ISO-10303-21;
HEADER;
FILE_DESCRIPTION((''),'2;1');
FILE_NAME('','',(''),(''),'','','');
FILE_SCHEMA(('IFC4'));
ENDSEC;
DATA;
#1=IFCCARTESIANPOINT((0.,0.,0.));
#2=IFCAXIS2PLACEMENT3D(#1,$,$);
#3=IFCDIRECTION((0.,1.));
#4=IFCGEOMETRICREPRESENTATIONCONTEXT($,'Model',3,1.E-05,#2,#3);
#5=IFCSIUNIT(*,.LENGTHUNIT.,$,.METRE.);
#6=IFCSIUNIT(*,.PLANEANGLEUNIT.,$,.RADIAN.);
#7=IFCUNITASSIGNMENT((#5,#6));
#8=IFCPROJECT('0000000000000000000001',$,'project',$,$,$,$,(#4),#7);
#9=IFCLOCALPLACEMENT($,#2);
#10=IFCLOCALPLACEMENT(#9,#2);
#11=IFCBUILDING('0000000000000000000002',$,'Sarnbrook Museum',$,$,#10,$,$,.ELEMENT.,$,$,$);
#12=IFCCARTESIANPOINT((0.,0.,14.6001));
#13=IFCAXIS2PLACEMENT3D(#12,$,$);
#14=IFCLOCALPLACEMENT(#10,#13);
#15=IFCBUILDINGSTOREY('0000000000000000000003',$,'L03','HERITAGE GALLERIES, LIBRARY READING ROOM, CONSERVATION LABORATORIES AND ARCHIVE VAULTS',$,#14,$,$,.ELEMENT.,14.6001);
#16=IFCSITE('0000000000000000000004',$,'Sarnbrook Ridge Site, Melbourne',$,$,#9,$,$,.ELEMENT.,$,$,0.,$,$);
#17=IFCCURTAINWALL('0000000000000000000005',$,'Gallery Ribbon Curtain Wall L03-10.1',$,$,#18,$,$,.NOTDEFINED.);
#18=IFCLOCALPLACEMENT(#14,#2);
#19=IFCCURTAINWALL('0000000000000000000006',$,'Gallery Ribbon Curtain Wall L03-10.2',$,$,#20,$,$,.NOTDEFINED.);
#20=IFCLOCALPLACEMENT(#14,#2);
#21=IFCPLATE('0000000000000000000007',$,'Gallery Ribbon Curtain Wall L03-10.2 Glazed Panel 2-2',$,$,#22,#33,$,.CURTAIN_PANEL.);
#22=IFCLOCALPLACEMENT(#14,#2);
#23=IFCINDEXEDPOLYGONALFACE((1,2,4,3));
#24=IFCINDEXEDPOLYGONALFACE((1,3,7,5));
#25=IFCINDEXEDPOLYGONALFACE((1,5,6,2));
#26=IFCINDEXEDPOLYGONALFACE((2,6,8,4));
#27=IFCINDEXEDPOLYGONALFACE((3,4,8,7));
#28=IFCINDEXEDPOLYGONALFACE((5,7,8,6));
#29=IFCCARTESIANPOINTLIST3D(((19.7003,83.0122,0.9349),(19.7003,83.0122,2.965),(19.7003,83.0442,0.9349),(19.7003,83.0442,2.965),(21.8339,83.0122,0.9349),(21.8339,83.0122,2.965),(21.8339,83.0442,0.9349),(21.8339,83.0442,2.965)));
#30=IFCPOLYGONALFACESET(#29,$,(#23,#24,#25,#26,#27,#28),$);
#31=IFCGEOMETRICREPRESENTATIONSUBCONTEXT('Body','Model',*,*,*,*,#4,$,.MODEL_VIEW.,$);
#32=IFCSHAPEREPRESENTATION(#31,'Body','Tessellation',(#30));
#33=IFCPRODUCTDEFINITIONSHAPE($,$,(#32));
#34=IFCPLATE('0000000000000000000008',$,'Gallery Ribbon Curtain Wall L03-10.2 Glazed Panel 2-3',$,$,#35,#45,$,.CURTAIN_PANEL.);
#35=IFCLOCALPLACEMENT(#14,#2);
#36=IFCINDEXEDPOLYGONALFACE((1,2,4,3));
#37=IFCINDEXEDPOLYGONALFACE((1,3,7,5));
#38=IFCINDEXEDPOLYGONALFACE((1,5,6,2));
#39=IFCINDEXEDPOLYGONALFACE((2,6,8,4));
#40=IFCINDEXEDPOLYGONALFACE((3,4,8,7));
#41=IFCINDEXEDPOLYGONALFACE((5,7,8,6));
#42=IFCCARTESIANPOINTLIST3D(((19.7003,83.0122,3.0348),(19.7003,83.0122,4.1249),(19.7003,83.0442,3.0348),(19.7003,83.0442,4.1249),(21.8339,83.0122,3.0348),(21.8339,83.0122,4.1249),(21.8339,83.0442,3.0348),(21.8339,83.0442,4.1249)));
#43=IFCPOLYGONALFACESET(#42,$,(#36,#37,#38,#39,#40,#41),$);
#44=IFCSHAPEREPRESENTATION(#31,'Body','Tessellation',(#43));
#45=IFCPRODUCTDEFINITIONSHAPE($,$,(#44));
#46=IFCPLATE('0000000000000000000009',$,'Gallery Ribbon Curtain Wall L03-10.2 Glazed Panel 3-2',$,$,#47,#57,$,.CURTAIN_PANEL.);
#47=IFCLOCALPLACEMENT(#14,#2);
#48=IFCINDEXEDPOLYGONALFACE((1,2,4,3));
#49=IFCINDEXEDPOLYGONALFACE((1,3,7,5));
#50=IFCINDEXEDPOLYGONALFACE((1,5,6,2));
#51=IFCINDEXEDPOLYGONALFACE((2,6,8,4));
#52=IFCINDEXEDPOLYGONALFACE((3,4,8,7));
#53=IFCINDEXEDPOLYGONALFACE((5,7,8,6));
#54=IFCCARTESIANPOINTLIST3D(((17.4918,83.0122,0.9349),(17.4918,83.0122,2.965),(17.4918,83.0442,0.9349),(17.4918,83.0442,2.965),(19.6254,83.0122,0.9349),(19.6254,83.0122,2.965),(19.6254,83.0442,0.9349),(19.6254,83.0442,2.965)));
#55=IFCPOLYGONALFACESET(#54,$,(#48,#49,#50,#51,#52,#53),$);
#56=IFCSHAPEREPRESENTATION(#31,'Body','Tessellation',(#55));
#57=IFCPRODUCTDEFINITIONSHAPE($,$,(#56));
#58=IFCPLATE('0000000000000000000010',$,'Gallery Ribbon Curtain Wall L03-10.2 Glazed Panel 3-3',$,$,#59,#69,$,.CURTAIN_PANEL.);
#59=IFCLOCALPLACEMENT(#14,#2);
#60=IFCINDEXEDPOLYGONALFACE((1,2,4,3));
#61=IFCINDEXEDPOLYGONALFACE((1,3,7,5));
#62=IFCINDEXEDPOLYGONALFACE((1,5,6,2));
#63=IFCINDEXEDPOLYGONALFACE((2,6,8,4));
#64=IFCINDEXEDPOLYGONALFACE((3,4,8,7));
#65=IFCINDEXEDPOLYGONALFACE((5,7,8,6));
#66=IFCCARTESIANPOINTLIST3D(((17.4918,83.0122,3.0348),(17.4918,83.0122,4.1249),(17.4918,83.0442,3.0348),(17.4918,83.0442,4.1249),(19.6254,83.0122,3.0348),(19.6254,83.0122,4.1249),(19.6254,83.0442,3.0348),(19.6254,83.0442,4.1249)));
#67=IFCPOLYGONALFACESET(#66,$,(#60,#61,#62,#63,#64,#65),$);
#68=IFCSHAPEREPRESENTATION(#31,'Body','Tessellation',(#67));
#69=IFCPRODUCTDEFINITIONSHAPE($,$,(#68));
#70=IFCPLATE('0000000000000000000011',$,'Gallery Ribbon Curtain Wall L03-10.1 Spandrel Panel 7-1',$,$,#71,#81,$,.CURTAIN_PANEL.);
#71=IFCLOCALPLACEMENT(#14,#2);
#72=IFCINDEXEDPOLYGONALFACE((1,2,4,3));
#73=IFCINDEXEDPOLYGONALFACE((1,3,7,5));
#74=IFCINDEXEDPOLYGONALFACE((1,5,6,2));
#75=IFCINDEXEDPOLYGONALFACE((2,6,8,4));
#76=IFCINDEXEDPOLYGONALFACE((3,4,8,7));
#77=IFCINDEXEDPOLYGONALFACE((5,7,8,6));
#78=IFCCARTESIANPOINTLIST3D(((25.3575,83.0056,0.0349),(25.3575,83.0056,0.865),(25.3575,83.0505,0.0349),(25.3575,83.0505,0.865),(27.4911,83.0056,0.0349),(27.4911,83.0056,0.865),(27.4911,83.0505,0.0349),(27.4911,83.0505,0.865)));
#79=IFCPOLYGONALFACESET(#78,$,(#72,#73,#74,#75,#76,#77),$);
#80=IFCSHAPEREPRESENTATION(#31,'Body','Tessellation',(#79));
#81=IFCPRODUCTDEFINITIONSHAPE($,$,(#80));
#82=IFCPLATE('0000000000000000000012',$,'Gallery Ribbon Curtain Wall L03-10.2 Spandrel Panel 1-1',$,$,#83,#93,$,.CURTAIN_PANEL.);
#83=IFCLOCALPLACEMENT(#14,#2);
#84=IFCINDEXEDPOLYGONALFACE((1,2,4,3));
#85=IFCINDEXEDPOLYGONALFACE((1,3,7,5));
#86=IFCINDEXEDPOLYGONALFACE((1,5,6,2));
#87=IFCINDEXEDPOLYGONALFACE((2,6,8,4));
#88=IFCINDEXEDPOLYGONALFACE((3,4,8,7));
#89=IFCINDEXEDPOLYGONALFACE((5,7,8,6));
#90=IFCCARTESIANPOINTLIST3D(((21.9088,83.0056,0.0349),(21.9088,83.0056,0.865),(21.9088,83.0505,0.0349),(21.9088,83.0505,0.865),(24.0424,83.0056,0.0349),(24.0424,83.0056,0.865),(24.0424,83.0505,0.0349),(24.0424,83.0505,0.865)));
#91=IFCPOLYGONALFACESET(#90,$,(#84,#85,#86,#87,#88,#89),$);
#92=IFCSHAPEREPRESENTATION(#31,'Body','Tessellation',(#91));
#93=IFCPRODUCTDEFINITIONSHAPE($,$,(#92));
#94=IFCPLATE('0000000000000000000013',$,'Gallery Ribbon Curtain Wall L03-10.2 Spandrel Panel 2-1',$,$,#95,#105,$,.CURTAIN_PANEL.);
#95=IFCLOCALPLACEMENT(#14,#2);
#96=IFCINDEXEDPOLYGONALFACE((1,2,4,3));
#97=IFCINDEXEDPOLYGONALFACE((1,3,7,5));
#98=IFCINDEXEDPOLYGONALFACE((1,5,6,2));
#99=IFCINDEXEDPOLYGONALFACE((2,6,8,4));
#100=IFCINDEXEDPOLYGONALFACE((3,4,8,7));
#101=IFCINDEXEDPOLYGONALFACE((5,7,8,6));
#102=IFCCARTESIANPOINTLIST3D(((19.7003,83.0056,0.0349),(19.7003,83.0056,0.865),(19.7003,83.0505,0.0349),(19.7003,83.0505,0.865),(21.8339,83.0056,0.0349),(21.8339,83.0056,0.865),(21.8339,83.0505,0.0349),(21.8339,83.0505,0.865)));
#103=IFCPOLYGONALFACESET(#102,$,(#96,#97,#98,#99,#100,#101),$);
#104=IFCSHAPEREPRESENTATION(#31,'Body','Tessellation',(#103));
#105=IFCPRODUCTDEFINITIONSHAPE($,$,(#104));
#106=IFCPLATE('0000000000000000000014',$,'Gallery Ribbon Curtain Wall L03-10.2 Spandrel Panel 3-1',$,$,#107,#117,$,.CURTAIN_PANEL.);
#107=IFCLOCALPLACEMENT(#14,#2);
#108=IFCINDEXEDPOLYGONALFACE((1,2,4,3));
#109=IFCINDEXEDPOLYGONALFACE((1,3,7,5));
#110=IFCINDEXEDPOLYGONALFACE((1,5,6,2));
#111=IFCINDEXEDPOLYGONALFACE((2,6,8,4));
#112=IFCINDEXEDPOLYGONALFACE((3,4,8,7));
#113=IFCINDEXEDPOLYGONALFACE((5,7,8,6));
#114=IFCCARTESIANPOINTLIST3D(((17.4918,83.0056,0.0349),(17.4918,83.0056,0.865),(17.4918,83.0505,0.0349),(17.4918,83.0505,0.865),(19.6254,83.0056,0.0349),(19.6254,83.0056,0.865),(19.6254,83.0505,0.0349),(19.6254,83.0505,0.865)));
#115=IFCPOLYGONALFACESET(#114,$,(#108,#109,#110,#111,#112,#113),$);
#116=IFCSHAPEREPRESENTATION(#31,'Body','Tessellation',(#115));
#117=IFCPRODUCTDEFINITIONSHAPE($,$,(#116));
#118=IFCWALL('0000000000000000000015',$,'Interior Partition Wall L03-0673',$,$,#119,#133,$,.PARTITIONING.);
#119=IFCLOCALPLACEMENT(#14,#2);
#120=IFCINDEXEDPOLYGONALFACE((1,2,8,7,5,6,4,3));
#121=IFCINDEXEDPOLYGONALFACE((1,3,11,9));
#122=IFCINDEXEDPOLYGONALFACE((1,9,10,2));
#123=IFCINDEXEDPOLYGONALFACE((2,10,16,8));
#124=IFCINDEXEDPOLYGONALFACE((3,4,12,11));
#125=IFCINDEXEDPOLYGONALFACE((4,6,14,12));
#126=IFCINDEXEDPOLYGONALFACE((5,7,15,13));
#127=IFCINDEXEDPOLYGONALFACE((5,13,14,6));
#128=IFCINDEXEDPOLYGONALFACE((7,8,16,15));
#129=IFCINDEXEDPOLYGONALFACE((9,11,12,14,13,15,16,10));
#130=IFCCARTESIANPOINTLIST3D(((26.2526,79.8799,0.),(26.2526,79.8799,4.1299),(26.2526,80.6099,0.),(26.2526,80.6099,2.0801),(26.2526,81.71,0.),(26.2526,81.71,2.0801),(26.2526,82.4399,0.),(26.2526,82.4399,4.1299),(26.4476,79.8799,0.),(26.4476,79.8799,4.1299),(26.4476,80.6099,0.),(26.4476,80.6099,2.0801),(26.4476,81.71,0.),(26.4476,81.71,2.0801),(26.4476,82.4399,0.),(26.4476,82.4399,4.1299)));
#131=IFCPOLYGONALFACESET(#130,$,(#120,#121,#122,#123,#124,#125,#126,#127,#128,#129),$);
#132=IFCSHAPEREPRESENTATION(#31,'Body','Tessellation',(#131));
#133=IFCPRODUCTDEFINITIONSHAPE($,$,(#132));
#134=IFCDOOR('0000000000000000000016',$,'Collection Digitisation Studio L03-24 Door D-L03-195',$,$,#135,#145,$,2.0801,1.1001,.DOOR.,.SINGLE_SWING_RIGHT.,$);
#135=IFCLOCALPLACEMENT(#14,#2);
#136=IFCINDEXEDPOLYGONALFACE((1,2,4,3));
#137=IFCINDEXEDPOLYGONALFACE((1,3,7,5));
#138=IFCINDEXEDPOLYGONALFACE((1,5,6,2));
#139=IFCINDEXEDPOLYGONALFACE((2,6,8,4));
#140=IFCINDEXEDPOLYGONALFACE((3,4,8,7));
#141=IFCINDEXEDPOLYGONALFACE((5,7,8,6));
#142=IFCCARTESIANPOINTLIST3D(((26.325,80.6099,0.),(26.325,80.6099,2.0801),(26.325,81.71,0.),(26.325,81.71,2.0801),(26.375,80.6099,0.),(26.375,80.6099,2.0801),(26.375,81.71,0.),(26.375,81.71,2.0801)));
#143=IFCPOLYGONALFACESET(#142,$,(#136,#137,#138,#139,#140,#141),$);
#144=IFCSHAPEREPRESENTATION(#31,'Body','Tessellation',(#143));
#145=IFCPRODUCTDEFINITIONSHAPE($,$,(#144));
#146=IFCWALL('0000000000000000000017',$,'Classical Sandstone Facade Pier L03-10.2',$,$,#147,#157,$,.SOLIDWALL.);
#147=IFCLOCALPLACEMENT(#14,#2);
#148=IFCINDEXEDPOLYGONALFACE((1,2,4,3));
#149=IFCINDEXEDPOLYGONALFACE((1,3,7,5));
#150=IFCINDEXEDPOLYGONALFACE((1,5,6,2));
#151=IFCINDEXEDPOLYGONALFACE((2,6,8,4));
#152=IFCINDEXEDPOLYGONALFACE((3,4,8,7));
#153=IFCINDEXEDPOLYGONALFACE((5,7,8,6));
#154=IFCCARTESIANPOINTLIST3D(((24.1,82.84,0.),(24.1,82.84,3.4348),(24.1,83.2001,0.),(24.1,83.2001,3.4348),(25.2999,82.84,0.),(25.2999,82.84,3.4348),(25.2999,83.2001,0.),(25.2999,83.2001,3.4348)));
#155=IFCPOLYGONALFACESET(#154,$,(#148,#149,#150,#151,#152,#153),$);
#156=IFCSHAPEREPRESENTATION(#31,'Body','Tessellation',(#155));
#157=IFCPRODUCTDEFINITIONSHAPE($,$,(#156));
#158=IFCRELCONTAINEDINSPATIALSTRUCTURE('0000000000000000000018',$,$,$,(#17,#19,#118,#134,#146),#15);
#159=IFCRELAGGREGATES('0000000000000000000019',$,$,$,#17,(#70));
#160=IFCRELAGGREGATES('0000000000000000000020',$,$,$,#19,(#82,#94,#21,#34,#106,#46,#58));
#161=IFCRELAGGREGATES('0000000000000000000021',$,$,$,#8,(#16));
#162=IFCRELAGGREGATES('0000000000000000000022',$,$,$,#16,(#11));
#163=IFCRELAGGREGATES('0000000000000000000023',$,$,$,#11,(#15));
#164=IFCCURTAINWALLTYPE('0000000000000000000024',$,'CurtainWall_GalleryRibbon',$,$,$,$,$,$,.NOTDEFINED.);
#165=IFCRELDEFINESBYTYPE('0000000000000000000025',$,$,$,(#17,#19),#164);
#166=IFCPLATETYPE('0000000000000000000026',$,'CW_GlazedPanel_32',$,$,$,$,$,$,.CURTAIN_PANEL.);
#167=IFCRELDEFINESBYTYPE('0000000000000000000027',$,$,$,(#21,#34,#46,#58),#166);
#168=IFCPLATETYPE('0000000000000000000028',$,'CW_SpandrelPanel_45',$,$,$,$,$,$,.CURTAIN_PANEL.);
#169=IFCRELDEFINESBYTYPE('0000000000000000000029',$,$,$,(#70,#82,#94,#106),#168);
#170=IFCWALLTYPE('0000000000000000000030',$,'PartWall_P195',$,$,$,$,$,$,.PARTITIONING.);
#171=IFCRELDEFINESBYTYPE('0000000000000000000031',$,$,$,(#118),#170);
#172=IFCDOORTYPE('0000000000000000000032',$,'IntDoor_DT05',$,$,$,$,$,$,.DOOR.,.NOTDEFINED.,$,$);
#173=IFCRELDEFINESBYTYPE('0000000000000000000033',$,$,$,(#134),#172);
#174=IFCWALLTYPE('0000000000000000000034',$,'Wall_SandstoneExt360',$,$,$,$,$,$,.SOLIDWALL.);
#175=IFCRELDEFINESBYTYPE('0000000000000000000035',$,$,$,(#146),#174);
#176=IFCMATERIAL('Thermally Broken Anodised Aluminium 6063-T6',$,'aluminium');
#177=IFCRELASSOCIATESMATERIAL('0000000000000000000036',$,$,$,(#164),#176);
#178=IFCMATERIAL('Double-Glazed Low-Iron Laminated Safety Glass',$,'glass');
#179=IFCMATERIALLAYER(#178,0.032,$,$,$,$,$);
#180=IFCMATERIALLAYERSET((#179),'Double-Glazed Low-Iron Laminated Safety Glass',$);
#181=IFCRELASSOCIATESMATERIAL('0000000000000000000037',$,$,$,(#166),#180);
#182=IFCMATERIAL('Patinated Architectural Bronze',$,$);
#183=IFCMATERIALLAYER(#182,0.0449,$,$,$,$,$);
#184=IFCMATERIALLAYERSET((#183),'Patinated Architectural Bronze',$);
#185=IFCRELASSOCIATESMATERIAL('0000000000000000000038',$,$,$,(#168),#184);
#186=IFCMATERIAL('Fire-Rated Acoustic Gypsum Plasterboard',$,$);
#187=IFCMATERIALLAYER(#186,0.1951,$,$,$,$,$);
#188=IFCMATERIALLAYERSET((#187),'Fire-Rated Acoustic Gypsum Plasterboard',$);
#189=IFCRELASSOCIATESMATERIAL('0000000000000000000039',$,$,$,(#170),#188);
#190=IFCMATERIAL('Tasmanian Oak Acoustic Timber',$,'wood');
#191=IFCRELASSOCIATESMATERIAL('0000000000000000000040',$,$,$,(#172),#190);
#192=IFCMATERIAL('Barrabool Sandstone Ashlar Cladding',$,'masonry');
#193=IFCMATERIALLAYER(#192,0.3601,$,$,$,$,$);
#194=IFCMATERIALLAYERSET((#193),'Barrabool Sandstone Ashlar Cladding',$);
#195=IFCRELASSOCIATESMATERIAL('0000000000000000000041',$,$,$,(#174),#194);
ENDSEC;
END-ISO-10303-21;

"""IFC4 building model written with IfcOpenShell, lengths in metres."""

from ifc_helpers import new_model, si_unit, direction, frame, frame_2d, origin, origin_2d, place, context, subcontext, project, spatial, rectangle, extrude, material, layer, layer_set, type_object, element, fill, aggregate, save


model = new_model("IFC4")

# Units and contexts
model_context = context("Model", 3, precision=1e-05, world=origin(), true_north=direction((0.0, 1.0)))
body_context = subcontext(model_context, "Body", "Model", "MODEL_VIEW")
ifc_project = project(units=[si_unit("LENGTHUNIT", "METRE"), si_unit("PLANEANGLEUNIT", "RADIAN")], contexts=[model_context])

# Site, building, storey
site_placement = place(None, origin())
site = spatial("IfcSite", under=ifc_project, at=site_placement, Name="Sarnbrook Ridge Site, Melbourne", CompositionType="ELEMENT", RefElevation=0.0)
building_placement = place(site_placement, origin())
building = spatial("IfcBuilding", under=site, at=building_placement, Name="Sarnbrook Museum", CompositionType="ELEMENT")
storey_placement = place(building_placement, frame((0.0, 0.0, 14.6001)))
storey = spatial("IfcBuildingStorey", under=building, at=storey_placement, Name="L03", Description="HERITAGE GALLERIES, LIBRARY READING ROOM, CONSERVATION LABORATORIES AND ARCHIVE VAULTS", CompositionType="ELEMENT", Elevation=14.6001)

# Curtain wall
ifc_material_1 = material(Name="Thermally Broken Anodised Aluminium 6063-T6", Category="aluminium")
curtain_wall_type = type_object("IfcCurtainWallType", Name="CurtainWall_GalleryRibbon", PredefinedType="NOTDEFINED", material=ifc_material_1)
curtain_wall_1_placement = place(storey_placement, origin())
curtain_wall_1 = element("IfcCurtainWall", 1, at=curtain_wall_1_placement, inside=storey, type_object=curtain_wall_type, Name="Gallery Ribbon Curtain Wall L03-10.1", PredefinedType="NOTDEFINED")

# Curtain wall
curtain_wall_2_placement = place(storey_placement, origin())
curtain_wall_2 = element("IfcCurtainWall", 2, at=curtain_wall_2_placement, inside=storey, type_object=curtain_wall_type, Name="Gallery Ribbon Curtain Wall L03-10.2", PredefinedType="NOTDEFINED")

# Plates
ifc_material_2 = material(Name="Double-Glazed Low-Iron Laminated Safety Glass", Category="glass")
ifc_layer_1 = layer(ifc_material_2, 0.032)
ifc_layer_set_1 = layer_set([ifc_layer_1], Name="Double-Glazed Low-Iron Laminated Safety Glass")
plate_type_1 = type_object("IfcPlateType", Name="CW_GlazedPanel_32", PredefinedType="CURTAIN_PANEL", material=ifc_layer_set_1)
plate_1_placement = place(storey_placement, frame((20.7671, 83.0122, 1.95), z_axis=(0.0, 1.0, 0.0), x_axis=(-1.0, 0.0, 0.0)))
plate_1 = element("IfcPlate", 3, at=plate_1_placement, type_object=plate_type_1, Name="Gallery Ribbon Curtain Wall L03-10.2 Glazed Panel 2-2", PredefinedType="CURTAIN_PANEL", context=body_context, shape_type="SweptSolid", body=[
    extrude(rectangle(XDim=2.1335, YDim=2.03, at=origin_2d()), origin(), (0.0, 0.0, 1.0), 0.032),
])
plate_2_placement = place(storey_placement, frame((20.7671, 83.0122, 3.5798), z_axis=(0.0, 1.0, 0.0), x_axis=(-1.0, 0.0, 0.0)))
plate_2 = element("IfcPlate", 4, at=plate_2_placement, type_object=plate_type_1, Name="Gallery Ribbon Curtain Wall L03-10.2 Glazed Panel 2-3", PredefinedType="CURTAIN_PANEL", context=body_context, shape_type="SweptSolid", body=[
    extrude(rectangle(XDim=2.1335, YDim=1.0901, at=origin_2d()), origin(), (0.0, 0.0, 1.0), 0.032),
])
plate_3_placement = place(storey_placement, frame((18.5586, 83.0122, 1.95), z_axis=(0.0, 1.0, 0.0), x_axis=(-1.0, 0.0, 0.0)))
plate_3 = element("IfcPlate", 5, at=plate_3_placement, type_object=plate_type_1, Name="Gallery Ribbon Curtain Wall L03-10.2 Glazed Panel 3-2", PredefinedType="CURTAIN_PANEL", context=body_context, shape_type="SweptSolid", body=[
    extrude(rectangle(XDim=2.1335, YDim=2.03, at=origin_2d()), origin(), (0.0, 0.0, 1.0), 0.032),
])
plate_4_placement = place(storey_placement, frame((18.5586, 83.0122, 3.5798), z_axis=(0.0, 1.0, 0.0), x_axis=(-1.0, 0.0, 0.0)))
plate_4 = element("IfcPlate", 6, at=plate_4_placement, type_object=plate_type_1, Name="Gallery Ribbon Curtain Wall L03-10.2 Glazed Panel 3-3", PredefinedType="CURTAIN_PANEL", context=body_context, shape_type="SweptSolid", body=[
    extrude(rectangle(XDim=2.1335, YDim=1.0901, at=origin_2d()), origin(), (0.0, 0.0, 1.0), 0.032),
])
ifc_material_3 = material(Name="Patinated Architectural Bronze")
ifc_layer_2 = layer(ifc_material_3, 0.0449)
ifc_layer_set_2 = layer_set([ifc_layer_2], Name="Patinated Architectural Bronze")
plate_type_2 = type_object("IfcPlateType", Name="CW_SpandrelPanel_45", PredefinedType="CURTAIN_PANEL", material=ifc_layer_set_2)
plate_5_placement = place(storey_placement, frame((26.4243, 83.0056, 0.45), z_axis=(0.0, 1.0, 0.0), x_axis=(-1.0, 0.0, 0.0)))
plate_5 = element("IfcPlate", 7, at=plate_5_placement, type_object=plate_type_2, Name="Gallery Ribbon Curtain Wall L03-10.1 Spandrel Panel 7-1", PredefinedType="CURTAIN_PANEL", context=body_context, shape_type="SweptSolid", body=[
    extrude(rectangle(XDim=2.1335, YDim=0.8301, at=origin_2d()), origin(), (0.0, 0.0, 1.0), 0.0449),
])
aggregate(curtain_wall_1, [plate_5])
plate_6_placement = place(storey_placement, frame((22.9756, 83.0056, 0.45), z_axis=(0.0, 1.0, 0.0), x_axis=(-1.0, 0.0, 0.0)))
plate_6 = element("IfcPlate", 8, at=plate_6_placement, type_object=plate_type_2, Name="Gallery Ribbon Curtain Wall L03-10.2 Spandrel Panel 1-1", PredefinedType="CURTAIN_PANEL", context=body_context, shape_type="SweptSolid", body=[
    extrude(rectangle(XDim=2.1335, YDim=0.8301, at=origin_2d()), origin(), (0.0, 0.0, 1.0), 0.0449),
])
plate_7_placement = place(storey_placement, frame((20.7671, 83.0056, 0.45), z_axis=(0.0, 1.0, 0.0), x_axis=(-1.0, 0.0, 0.0)))
plate_7 = element("IfcPlate", 9, at=plate_7_placement, type_object=plate_type_2, Name="Gallery Ribbon Curtain Wall L03-10.2 Spandrel Panel 2-1", PredefinedType="CURTAIN_PANEL", context=body_context, shape_type="SweptSolid", body=[
    extrude(rectangle(XDim=2.1335, YDim=0.8301, at=origin_2d()), origin(), (0.0, 0.0, 1.0), 0.0449),
])
plate_8_placement = place(storey_placement, frame((18.5586, 83.0056, 0.45), z_axis=(0.0, 1.0, 0.0), x_axis=(-1.0, 0.0, 0.0)))
plate_8 = element("IfcPlate", 10, at=plate_8_placement, type_object=plate_type_2, Name="Gallery Ribbon Curtain Wall L03-10.2 Spandrel Panel 3-1", PredefinedType="CURTAIN_PANEL", context=body_context, shape_type="SweptSolid", body=[
    extrude(rectangle(XDim=2.1335, YDim=0.8301, at=origin_2d()), origin(), (0.0, 0.0, 1.0), 0.0449),
])
aggregate(curtain_wall_2, [plate_6, plate_7, plate_1, plate_2, plate_8, plate_3, plate_4])

# Wall, opening, door
ifc_material_4 = material(Name="Fire-Rated Acoustic Gypsum Plasterboard")
ifc_layer_3 = layer(ifc_material_4, 0.1951)
ifc_layer_set_3 = layer_set([ifc_layer_3], Name="Fire-Rated Acoustic Gypsum Plasterboard")
wall_type_1 = type_object("IfcWallType", Name="PartWall_P195", PredefinedType="PARTITIONING", material=ifc_layer_set_3)
wall_1_placement = place(storey_placement, frame((26.3501, 82.4399, 0.0), z_axis=(0.0, 0.0, 1.0), x_axis=(0.0, -1.0, 0.0)))
wall_1 = element("IfcWall", 11, at=wall_1_placement, inside=storey, type_object=wall_type_1, Name="Interior Partition Wall L03-0673", PredefinedType="PARTITIONING", context=body_context, shape_type="SweptSolid", body=[
    extrude(rectangle(XDim=2.5601, YDim=0.1951, at=frame_2d((1.28, 0.0))), origin(), (0.0, 0.0, 1.0), 4.1299),
])
opening_placement = place(wall_1_placement, frame((0.73, 0.0, 0.0)))
opening = element("IfcOpeningElement", 12, at=opening_placement, cuts=wall_1, PredefinedType="OPENING", context=body_context, shape_type="SweptSolid", body=[
    extrude(rectangle(XDim=1.1001, YDim=2.0801, at=frame_2d((0.55, 1.04))), frame((0.0, 0.1074, 0.0), z_axis=(0.0, -1.0, 0.0), x_axis=(1.0, 0.0, 0.0)), (0.0, 0.0, 1.0), 0.2151),
])
ifc_material_5 = material(Name="Tasmanian Oak Acoustic Timber", Category="wood")
door_type = type_object("IfcDoorType", Name="IntDoor_DT05", OperationType="NOTDEFINED", PredefinedType="DOOR", material=ifc_material_5)
door_placement = place(opening_placement, origin())
door = element("IfcDoor", 13, at=door_placement, inside=storey, type_object=door_type, Name="Collection Digitisation Studio L03-24 Door D-L03-195", OperationType="SINGLE_SWING_RIGHT", OverallHeight=2.0801, OverallWidth=1.1001, PredefinedType="DOOR", context=body_context, shape_type="SweptSolid", body=[
    extrude(rectangle(XDim=1.1001, YDim=2.0801, at=frame_2d((0.55, 1.04))), frame((0.0, 0.0249, 0.0), z_axis=(0.0, -1.0, 0.0), x_axis=(1.0, 0.0, 0.0)), (0.0, 0.0, 1.0), 0.05),
])
fill(opening, door)

# Wall
ifc_material_6 = material(Name="Barrabool Sandstone Ashlar Cladding", Category="masonry")
ifc_layer_4 = layer(ifc_material_6, 0.3601)
ifc_layer_set_4 = layer_set([ifc_layer_4], Name="Barrabool Sandstone Ashlar Cladding")
wall_type_2 = type_object("IfcWallType", Name="Wall_SandstoneExt360", PredefinedType="SOLIDWALL", material=ifc_layer_set_4)
wall_2_placement = place(storey_placement, frame((25.3, 83.02, 0.0), z_axis=(0.0, 0.0, 1.0), x_axis=(-1.0, 0.0, 0.0)))
element("IfcWall", 14, at=wall_2_placement, inside=storey, type_object=wall_type_2, Name="Classical Sandstone Facade Pier L03-10.2", PredefinedType="SOLIDWALL", context=body_context, shape_type="SweptSolid", body=[
    extrude(rectangle(XDim=1.2, YDim=0.3601, at=frame_2d((0.6001, 0.0))), origin(), (0.0, 0.0, 1.0), 3.4348),
])

save(model, "model.ifc")
